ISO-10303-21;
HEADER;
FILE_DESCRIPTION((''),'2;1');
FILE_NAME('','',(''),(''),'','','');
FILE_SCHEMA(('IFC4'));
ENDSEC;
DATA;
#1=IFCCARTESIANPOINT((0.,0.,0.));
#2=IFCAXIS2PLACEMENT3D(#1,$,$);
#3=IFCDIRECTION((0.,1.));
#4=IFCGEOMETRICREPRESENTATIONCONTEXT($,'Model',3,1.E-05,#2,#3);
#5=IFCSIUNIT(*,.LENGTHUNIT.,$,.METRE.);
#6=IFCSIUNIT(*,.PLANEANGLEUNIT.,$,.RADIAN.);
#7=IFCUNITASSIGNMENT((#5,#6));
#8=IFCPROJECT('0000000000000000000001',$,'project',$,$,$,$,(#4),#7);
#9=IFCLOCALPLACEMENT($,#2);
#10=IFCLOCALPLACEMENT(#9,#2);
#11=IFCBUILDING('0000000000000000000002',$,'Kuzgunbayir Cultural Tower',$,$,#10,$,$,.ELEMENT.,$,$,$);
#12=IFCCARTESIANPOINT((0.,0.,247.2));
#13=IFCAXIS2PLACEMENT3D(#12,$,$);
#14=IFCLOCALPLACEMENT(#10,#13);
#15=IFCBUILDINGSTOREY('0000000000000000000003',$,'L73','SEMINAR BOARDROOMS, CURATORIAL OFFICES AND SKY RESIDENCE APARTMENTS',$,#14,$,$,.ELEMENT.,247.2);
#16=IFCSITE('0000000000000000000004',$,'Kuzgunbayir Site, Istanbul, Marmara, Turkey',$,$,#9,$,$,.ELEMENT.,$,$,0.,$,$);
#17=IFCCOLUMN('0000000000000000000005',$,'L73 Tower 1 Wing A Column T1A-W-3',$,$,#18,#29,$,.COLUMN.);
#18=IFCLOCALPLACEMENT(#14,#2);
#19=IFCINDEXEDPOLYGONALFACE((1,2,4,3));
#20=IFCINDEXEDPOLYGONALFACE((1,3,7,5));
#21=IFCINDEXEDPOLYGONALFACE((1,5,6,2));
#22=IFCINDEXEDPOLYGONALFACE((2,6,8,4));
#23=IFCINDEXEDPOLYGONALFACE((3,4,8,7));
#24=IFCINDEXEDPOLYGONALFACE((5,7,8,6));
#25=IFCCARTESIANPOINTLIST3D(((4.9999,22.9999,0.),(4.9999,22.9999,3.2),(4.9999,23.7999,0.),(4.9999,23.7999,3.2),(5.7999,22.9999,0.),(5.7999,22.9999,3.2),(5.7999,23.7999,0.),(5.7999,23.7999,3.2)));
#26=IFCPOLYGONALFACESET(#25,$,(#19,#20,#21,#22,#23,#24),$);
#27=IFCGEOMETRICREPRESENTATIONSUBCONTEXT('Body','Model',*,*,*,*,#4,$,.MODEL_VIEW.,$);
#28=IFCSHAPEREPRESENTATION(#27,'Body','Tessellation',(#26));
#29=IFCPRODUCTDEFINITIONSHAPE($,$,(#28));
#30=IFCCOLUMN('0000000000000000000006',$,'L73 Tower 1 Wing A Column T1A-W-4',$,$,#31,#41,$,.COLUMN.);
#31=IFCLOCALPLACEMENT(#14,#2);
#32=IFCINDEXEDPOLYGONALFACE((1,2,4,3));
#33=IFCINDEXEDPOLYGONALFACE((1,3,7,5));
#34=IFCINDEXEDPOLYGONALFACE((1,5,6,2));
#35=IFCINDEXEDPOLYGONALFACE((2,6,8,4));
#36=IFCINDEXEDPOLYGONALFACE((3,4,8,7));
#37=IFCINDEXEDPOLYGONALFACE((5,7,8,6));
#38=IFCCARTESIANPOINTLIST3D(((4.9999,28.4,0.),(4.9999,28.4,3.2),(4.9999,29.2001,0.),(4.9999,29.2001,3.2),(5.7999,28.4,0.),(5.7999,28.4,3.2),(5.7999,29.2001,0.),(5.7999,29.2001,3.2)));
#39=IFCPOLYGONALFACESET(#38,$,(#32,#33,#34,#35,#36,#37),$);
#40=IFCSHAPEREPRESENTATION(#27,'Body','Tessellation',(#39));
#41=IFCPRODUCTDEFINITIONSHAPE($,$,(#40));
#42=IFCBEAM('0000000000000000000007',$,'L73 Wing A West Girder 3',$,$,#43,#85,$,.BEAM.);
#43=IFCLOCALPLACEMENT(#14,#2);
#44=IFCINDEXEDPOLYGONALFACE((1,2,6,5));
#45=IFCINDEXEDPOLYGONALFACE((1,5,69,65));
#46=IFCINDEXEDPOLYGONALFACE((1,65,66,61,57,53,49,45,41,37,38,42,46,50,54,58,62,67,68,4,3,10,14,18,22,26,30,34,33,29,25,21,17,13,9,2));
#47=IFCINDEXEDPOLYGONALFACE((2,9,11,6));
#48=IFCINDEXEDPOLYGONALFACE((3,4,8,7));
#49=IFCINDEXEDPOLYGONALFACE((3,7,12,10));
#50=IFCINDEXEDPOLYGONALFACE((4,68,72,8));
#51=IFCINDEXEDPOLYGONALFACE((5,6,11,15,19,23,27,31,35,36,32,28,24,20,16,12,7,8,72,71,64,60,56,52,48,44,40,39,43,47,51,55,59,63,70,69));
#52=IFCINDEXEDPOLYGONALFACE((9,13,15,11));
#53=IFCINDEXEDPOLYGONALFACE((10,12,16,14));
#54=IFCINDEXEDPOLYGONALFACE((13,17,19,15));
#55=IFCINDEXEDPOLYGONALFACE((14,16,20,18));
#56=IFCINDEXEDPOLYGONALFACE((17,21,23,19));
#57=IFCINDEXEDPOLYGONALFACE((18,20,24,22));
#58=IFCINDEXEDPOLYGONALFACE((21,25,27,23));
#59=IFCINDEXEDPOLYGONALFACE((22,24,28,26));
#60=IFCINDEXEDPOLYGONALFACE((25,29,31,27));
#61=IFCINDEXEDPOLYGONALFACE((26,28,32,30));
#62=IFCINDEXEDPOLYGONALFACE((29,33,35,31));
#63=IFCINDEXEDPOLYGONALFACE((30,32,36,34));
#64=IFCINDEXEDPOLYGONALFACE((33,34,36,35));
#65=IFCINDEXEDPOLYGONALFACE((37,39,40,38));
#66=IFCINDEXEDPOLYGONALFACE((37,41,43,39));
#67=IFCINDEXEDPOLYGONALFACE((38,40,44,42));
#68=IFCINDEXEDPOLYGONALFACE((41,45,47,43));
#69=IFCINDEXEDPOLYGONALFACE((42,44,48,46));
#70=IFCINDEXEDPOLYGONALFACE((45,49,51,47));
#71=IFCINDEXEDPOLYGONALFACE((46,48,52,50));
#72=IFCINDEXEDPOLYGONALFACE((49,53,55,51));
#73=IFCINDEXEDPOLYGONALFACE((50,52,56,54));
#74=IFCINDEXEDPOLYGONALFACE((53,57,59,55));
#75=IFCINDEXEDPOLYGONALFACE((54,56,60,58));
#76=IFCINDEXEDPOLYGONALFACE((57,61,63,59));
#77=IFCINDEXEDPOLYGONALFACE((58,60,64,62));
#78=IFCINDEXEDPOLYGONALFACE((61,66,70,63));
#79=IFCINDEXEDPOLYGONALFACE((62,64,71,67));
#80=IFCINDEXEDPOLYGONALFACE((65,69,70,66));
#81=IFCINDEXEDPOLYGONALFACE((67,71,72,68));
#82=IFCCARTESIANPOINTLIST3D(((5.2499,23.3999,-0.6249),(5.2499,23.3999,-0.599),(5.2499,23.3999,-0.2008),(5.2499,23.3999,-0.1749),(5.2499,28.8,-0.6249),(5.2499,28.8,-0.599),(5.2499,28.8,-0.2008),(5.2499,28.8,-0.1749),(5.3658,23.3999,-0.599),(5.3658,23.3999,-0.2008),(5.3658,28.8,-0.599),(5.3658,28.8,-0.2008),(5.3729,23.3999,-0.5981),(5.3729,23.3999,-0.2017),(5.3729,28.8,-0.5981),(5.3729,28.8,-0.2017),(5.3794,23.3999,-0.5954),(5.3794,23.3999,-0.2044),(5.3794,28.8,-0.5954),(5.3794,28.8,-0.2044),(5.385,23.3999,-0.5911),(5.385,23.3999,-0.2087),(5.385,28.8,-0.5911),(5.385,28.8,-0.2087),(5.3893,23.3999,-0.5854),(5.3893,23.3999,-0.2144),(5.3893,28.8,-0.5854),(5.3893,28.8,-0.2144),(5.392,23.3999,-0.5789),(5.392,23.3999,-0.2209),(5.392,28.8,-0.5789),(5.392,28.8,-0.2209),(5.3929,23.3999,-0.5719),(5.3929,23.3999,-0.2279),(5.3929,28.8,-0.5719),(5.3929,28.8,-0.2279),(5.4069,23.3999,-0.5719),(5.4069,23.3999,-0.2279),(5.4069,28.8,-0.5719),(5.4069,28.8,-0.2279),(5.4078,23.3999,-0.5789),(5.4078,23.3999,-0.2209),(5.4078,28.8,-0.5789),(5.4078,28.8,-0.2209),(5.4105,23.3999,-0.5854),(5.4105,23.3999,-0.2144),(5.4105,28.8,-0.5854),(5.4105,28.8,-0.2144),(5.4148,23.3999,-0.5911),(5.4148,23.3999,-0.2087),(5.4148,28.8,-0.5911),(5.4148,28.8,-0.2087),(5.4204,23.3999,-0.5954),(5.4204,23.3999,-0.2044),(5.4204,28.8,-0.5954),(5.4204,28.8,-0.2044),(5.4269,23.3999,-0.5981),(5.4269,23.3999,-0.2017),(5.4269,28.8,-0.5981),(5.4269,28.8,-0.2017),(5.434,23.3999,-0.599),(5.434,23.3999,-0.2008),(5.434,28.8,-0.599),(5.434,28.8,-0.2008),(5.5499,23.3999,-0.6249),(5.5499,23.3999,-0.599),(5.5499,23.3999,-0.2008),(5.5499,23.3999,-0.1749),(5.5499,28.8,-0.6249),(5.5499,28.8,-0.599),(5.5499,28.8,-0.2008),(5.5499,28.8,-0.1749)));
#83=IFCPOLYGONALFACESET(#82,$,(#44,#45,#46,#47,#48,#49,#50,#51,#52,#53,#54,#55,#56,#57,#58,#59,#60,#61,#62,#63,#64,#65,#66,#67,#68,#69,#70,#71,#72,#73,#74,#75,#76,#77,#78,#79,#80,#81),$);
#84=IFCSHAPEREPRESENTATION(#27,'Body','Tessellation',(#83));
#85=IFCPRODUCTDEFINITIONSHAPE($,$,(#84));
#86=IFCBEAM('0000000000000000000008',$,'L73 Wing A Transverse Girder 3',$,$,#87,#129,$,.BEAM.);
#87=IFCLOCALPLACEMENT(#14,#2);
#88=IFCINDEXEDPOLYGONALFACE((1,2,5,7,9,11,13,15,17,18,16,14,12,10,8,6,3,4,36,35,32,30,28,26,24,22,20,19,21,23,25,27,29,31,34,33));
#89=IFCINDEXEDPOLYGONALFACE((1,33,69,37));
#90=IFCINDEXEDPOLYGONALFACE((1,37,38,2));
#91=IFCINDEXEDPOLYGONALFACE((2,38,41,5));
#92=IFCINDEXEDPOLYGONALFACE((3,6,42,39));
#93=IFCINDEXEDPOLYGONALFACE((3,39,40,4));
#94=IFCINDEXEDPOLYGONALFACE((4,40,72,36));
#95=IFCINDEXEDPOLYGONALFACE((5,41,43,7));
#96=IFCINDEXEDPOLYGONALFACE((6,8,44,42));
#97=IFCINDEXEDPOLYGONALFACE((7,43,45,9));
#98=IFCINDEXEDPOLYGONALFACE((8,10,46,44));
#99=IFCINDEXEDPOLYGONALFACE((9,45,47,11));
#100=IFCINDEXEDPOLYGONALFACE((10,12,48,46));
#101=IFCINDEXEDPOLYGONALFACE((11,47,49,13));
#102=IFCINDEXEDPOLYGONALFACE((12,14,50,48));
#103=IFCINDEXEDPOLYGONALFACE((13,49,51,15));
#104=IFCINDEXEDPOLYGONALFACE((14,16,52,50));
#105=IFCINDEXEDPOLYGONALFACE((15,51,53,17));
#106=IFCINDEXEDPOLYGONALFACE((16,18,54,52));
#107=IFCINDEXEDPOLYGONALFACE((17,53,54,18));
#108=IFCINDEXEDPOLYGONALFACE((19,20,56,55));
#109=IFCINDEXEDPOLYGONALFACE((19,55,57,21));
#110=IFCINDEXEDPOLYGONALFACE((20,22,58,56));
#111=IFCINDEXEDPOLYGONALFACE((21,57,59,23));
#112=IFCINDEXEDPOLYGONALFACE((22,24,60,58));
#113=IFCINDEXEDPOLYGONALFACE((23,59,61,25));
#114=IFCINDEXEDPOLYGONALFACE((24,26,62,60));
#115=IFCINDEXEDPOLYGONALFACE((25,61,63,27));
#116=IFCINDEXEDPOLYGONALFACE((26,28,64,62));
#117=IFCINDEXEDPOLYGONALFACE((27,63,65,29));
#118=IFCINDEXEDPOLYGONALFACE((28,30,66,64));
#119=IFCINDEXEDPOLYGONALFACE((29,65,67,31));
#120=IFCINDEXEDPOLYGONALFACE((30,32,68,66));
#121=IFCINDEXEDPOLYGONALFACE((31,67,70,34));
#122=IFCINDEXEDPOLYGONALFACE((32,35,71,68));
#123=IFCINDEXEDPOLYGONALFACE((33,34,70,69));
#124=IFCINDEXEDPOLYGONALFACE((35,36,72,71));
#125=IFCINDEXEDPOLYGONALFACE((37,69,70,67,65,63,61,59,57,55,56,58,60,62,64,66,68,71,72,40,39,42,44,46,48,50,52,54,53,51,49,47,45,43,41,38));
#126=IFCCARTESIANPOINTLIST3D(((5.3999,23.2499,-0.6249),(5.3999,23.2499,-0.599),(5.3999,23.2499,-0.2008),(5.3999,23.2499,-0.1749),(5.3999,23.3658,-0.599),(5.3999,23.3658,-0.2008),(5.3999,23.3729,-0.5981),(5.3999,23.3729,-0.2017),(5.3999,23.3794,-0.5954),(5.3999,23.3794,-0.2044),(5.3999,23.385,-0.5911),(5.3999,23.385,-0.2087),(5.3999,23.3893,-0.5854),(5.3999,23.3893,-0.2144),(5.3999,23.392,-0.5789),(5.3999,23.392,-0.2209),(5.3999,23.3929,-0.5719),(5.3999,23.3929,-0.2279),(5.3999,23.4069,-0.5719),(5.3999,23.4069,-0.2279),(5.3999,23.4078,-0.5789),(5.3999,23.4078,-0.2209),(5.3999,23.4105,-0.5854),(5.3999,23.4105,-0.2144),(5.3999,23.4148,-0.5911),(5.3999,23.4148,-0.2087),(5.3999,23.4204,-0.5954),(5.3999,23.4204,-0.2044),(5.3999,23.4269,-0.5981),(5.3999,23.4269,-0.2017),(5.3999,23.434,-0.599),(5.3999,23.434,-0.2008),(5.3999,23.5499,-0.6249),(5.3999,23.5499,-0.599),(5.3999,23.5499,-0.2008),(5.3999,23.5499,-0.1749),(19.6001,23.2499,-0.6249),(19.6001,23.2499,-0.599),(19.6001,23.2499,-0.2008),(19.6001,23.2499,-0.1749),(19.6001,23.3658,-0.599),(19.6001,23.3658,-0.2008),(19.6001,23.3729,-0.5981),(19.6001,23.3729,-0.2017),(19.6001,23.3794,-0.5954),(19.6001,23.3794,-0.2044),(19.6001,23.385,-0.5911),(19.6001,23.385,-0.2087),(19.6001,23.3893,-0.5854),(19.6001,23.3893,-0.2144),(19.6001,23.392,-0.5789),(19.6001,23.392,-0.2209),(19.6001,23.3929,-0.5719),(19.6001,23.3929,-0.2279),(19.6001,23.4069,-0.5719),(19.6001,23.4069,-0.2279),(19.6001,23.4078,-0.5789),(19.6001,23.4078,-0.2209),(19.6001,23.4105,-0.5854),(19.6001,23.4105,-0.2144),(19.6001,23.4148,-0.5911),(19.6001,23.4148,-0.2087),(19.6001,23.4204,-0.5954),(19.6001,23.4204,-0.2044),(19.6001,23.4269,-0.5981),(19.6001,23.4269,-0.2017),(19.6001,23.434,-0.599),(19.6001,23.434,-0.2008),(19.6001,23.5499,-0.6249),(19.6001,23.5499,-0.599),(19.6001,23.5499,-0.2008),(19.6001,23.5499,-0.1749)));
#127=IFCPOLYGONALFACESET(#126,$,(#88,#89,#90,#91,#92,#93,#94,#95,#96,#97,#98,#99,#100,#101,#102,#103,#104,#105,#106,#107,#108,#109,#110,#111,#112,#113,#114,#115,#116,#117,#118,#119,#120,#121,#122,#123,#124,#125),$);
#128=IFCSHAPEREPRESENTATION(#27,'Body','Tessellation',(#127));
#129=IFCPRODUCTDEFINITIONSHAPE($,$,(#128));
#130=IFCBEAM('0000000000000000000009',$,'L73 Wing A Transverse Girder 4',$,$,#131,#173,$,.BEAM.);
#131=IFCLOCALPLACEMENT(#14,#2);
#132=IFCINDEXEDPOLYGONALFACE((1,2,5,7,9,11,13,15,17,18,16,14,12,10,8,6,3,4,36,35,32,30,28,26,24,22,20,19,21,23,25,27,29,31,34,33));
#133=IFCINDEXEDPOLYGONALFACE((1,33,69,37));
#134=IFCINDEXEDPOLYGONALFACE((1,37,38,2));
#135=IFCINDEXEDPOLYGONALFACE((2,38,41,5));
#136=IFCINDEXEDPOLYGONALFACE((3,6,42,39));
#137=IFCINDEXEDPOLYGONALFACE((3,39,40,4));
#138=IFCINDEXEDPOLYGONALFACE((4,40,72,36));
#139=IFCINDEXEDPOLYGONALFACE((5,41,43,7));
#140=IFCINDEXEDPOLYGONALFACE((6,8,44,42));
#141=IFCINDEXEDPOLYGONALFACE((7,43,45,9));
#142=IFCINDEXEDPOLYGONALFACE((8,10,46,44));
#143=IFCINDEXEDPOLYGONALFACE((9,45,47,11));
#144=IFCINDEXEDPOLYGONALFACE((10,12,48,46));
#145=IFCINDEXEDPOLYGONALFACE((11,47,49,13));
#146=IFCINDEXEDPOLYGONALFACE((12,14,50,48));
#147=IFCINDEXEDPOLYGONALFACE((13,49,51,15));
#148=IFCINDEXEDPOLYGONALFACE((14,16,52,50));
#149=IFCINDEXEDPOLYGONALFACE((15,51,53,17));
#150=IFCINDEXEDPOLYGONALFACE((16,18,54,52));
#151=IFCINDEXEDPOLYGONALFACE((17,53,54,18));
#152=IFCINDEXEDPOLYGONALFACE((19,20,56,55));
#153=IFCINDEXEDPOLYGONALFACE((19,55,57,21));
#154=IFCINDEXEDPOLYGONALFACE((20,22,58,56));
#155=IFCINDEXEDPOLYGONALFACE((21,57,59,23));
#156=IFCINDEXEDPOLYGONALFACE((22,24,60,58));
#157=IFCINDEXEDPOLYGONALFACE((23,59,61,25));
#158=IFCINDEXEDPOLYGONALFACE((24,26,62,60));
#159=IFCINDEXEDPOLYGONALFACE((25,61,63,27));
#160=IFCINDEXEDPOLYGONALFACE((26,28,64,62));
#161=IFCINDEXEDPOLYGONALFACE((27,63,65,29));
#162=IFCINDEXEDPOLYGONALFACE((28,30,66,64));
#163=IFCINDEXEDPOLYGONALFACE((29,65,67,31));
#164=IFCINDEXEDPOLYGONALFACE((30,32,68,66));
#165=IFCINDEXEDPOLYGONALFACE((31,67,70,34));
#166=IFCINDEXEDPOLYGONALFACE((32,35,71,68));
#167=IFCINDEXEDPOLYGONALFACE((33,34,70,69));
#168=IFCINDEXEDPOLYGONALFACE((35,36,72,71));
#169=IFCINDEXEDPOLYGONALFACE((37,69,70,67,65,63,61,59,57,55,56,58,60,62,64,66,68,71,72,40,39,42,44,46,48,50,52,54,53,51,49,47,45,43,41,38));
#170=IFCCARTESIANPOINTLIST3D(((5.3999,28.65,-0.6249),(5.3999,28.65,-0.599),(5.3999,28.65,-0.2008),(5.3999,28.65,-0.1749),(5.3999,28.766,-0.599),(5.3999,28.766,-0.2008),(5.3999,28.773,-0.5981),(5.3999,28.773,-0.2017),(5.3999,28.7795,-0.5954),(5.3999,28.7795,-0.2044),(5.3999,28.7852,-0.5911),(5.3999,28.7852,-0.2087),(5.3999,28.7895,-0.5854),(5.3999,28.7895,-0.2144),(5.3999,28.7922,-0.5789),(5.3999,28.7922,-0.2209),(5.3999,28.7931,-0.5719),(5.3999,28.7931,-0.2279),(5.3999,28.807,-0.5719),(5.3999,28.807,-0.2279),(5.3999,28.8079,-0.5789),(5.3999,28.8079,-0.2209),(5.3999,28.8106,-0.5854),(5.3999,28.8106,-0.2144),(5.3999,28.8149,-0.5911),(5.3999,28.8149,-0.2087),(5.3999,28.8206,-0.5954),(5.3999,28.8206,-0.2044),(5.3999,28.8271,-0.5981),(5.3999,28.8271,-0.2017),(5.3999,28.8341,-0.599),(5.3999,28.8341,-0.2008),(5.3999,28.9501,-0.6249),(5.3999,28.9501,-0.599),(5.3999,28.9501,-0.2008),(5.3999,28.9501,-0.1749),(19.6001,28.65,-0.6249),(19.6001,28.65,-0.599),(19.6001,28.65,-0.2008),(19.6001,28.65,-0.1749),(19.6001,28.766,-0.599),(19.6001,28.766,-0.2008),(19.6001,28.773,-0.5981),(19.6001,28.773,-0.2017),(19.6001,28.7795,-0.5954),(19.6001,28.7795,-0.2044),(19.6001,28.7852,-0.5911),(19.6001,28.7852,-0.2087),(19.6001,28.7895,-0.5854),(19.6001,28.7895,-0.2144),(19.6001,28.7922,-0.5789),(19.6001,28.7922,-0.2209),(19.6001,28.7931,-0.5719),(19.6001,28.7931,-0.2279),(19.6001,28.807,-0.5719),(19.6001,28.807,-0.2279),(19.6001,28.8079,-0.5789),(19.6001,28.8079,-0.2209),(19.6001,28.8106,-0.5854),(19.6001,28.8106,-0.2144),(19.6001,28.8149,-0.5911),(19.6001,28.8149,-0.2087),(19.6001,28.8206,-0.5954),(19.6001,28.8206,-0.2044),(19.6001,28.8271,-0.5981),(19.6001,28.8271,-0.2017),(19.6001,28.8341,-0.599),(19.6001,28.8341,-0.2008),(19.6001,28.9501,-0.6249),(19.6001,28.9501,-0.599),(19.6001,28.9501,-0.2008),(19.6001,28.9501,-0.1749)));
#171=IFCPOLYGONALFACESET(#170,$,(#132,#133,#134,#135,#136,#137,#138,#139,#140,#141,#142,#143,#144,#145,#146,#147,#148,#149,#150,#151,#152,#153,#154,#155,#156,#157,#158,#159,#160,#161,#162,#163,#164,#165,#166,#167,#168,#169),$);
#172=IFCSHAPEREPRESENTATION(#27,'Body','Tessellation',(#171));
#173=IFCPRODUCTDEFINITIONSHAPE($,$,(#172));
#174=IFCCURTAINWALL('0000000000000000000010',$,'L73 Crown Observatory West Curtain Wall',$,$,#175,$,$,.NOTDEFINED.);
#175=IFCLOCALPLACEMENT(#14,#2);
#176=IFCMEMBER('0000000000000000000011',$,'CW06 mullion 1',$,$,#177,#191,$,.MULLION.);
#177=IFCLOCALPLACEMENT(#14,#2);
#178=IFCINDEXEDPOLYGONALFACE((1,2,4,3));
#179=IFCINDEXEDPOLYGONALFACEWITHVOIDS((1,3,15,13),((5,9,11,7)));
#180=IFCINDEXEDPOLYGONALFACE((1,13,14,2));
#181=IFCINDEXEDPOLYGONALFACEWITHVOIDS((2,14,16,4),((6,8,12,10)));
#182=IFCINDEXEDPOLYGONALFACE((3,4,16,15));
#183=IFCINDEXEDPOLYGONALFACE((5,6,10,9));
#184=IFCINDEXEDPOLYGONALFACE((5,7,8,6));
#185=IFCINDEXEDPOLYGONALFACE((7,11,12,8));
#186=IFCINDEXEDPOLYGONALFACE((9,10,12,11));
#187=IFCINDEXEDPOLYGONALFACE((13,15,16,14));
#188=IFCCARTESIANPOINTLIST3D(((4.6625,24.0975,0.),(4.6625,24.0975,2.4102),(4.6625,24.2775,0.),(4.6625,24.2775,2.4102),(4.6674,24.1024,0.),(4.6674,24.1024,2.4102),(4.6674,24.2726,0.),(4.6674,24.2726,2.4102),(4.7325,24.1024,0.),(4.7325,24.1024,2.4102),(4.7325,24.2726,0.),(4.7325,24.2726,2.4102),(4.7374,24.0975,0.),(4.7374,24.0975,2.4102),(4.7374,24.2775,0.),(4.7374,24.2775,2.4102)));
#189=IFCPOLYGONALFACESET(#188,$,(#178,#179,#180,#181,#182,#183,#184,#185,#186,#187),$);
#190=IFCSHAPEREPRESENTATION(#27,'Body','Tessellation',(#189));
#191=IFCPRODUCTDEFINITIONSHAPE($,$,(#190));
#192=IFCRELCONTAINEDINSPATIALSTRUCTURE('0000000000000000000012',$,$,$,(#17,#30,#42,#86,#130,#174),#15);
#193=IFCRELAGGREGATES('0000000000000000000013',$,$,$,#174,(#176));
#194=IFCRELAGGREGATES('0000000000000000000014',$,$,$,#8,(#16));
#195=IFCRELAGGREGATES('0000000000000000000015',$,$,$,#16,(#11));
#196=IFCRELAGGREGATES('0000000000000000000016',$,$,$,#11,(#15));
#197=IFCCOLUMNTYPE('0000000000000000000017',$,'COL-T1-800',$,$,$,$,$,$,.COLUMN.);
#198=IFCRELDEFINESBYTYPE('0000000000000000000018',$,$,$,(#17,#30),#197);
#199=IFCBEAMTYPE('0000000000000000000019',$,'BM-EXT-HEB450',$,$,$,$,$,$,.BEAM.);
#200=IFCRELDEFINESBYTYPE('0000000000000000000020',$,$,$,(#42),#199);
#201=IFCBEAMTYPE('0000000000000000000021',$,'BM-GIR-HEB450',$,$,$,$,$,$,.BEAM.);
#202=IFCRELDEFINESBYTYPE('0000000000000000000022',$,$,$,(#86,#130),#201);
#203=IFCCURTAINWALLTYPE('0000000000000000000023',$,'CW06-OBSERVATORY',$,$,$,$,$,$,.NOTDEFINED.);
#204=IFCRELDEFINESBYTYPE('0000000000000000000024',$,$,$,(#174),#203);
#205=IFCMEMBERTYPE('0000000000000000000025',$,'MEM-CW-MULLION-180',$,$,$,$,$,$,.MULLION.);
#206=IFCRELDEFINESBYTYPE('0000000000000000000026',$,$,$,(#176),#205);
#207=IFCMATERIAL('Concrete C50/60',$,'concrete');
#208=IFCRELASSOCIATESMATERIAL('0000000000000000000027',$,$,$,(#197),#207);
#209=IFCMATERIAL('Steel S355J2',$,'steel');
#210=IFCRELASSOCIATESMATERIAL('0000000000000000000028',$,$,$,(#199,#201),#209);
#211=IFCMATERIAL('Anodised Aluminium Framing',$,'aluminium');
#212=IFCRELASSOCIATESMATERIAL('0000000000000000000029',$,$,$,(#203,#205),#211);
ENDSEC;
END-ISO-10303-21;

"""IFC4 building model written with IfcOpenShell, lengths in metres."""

from ifc_helpers import new_model, si_unit, direction, frame, origin, origin_2d, place, context, subcontext, project, spatial, rectangle, hollow_rectangle, i_section, extrude, material, material_profile, profile_set, type_object, element, aggregate, save


model = new_model("IFC4")

# Units and contexts
model_context = context("Model", 3, precision=1e-05, world=origin(), true_north=direction((0.0, 1.0)))
body_context = subcontext(model_context, "Body", "Model", "MODEL_VIEW")
ifc_project = project(units=[si_unit("LENGTHUNIT", "METRE"), si_unit("PLANEANGLEUNIT", "RADIAN")], contexts=[model_context])

# Site, building, storey
site_placement = place(None, origin())
site = spatial("IfcSite", under=ifc_project, at=site_placement, Name="Kuzgunbayir Site, Istanbul, Marmara, Turkey", CompositionType="ELEMENT", RefElevation=0.0)
building_placement = place(site_placement, origin())
building = spatial("IfcBuilding", under=site, at=building_placement, Name="Kuzgunbayir Cultural Tower", CompositionType="ELEMENT")
storey_placement = place(building_placement, frame((0.0, 0.0, 247.2)))
storey = spatial("IfcBuildingStorey", under=building, at=storey_placement, Name="L73", Description="SEMINAR BOARDROOMS, CURATORIAL OFFICES AND SKY RESIDENCE APARTMENTS", CompositionType="ELEMENT", Elevation=247.2)

# Columns
ifc_material_1 = material(Name="Concrete C50/60", Category="concrete")
ifc_material_profile_1 = material_profile(ifc_material_1, rectangle(XDim=0.8, YDim=0.8, at=origin_2d()), Name="RC 800x800")
ifc_profile_set_1 = profile_set([ifc_material_profile_1], Name="Concrete C50/60")
column_type = type_object("IfcColumnType", Name="COL-T1-800", PredefinedType="COLUMN", material=ifc_profile_set_1)
for number, where, z_axis, x_axis, name in (
    (1, (5.3999, 23.3999, 0.0), (0.0, 0.0, 1.0), (1.0, 0.0, 0.0), "L73 Tower 1 Wing A Column T1A-W-3"),
    (2, (5.3999, 28.8, 0.0), (0.0, 0.0, 1.0), (1.0, 0.0, 0.0), "L73 Tower 1 Wing A Column T1A-W-4"),
):
    element("IfcColumn", number, at=place(storey_placement, frame(where, z_axis=z_axis, x_axis=x_axis)), inside=storey, type_object=column_type, Name=name, PredefinedType="COLUMN", context=body_context, shape_type="SweptSolid", body=[
        extrude(rectangle(XDim=0.8, YDim=0.8, at=origin_2d()), origin(), (0.0, 0.0, 1.0), 3.2),
    ])

# Beams
ifc_material_2 = material(Name="Steel S355J2", Category="steel")
ifc_material_profile_2 = material_profile(ifc_material_2, i_section(OverallWidth=0.3, OverallDepth=0.45, WebThickness=0.0139, FlangeThickness=0.0259, FilletRadius=0.0271, at=origin_2d()), Name="HEB 450")
ifc_profile_set_2 = profile_set([ifc_material_profile_2], Name="Steel S355J2")
beam_type_1 = type_object("IfcBeamType", Name="BM-EXT-HEB450", PredefinedType="BEAM", material=ifc_profile_set_2)
beam_placement = place(storey_placement, frame((5.3999, 23.3999, -0.3999), z_axis=(0.0, 1.0, 0.0), x_axis=(-1.0, 0.0, 0.0)))
element("IfcBeam", 3, at=beam_placement, inside=storey, type_object=beam_type_1, Name="L73 Wing A West Girder 3", PredefinedType="BEAM", context=body_context, shape_type="SweptSolid", body=[
    extrude(i_section(OverallWidth=0.3, OverallDepth=0.45, WebThickness=0.0139, FlangeThickness=0.0259, FilletRadius=0.0271, at=origin_2d()), origin(), (0.0, 0.0, 1.0), 5.4001),
])
ifc_material_profile_3 = material_profile(ifc_material_2, i_section(OverallWidth=0.3, OverallDepth=0.45, WebThickness=0.0139, FlangeThickness=0.0259, FilletRadius=0.0271, at=origin_2d()), Name="HEB 450")
ifc_profile_set_3 = profile_set([ifc_material_profile_3], Name="Steel S355J2")
beam_type_2 = type_object("IfcBeamType", Name="BM-GIR-HEB450", PredefinedType="BEAM", material=ifc_profile_set_3)
for number, where, z_axis, x_axis, name in (
    (4, (5.3999, 23.3999, -0.3999), (1.0, 0.0, 0.0), (0.0, 1.0, 0.0), "L73 Wing A Transverse Girder 3"),
    (5, (5.3999, 28.8, -0.3999), (1.0, 0.0, 0.0), (0.0, 1.0, 0.0), "L73 Wing A Transverse Girder 4"),
):
    element("IfcBeam", number, at=place(storey_placement, frame(where, z_axis=z_axis, x_axis=x_axis)), inside=storey, type_object=beam_type_2, Name=name, PredefinedType="BEAM", context=body_context, shape_type="SweptSolid", body=[
        extrude(i_section(OverallWidth=0.3, OverallDepth=0.45, WebThickness=0.0139, FlangeThickness=0.0259, FilletRadius=0.0271, at=origin_2d()), origin(), (0.0, 0.0, 1.0), 14.2002),
    ])

# Curtain wall, member
ifc_material_3 = material(Name="Anodised Aluminium Framing", Category="aluminium")
curtain_wall_type = type_object("IfcCurtainWallType", Name="CW06-OBSERVATORY", PredefinedType="NOTDEFINED", material=ifc_material_3)
curtain_wall_placement = place(storey_placement, origin())
curtain_wall = element("IfcCurtainWall", 6, at=curtain_wall_placement, inside=storey, type_object=curtain_wall_type, Name="L73 Crown Observatory West Curtain Wall", PredefinedType="NOTDEFINED")
ifc_material_profile_4 = material_profile(ifc_material_3, hollow_rectangle(XDim=0.075, YDim=0.1799, WallThickness=0.0049, at=origin_2d()), Name="RHS 180x75x5")
ifc_profile_set_4 = profile_set([ifc_material_profile_4], Name="Anodised Aluminium Framing")
member_type_1 = type_object("IfcMemberType", Name="MEM-CW-MULLION-180", PredefinedType="MULLION", material=ifc_profile_set_4)
member_1_placement = place(storey_placement, frame((4.7, 24.1875, 0.0), z_axis=(0.0, 0.0, 1.0), x_axis=(-1.0, 0.0, 0.0)))
member_1 = element("IfcMember", 7, at=member_1_placement, type_object=member_type_1, Name="CW06 mullion 1", PredefinedType="MULLION", context=body_context, shape_type="SweptSolid", body=[
    extrude(hollow_rectangle(XDim=0.075, YDim=0.1799, WallThickness=0.0049, at=origin_2d()), origin(), (0.0, 0.0, 1.0), 2.4102),
])
aggregate(curtain_wall, [member_1])

save(model, "model.ifc")
